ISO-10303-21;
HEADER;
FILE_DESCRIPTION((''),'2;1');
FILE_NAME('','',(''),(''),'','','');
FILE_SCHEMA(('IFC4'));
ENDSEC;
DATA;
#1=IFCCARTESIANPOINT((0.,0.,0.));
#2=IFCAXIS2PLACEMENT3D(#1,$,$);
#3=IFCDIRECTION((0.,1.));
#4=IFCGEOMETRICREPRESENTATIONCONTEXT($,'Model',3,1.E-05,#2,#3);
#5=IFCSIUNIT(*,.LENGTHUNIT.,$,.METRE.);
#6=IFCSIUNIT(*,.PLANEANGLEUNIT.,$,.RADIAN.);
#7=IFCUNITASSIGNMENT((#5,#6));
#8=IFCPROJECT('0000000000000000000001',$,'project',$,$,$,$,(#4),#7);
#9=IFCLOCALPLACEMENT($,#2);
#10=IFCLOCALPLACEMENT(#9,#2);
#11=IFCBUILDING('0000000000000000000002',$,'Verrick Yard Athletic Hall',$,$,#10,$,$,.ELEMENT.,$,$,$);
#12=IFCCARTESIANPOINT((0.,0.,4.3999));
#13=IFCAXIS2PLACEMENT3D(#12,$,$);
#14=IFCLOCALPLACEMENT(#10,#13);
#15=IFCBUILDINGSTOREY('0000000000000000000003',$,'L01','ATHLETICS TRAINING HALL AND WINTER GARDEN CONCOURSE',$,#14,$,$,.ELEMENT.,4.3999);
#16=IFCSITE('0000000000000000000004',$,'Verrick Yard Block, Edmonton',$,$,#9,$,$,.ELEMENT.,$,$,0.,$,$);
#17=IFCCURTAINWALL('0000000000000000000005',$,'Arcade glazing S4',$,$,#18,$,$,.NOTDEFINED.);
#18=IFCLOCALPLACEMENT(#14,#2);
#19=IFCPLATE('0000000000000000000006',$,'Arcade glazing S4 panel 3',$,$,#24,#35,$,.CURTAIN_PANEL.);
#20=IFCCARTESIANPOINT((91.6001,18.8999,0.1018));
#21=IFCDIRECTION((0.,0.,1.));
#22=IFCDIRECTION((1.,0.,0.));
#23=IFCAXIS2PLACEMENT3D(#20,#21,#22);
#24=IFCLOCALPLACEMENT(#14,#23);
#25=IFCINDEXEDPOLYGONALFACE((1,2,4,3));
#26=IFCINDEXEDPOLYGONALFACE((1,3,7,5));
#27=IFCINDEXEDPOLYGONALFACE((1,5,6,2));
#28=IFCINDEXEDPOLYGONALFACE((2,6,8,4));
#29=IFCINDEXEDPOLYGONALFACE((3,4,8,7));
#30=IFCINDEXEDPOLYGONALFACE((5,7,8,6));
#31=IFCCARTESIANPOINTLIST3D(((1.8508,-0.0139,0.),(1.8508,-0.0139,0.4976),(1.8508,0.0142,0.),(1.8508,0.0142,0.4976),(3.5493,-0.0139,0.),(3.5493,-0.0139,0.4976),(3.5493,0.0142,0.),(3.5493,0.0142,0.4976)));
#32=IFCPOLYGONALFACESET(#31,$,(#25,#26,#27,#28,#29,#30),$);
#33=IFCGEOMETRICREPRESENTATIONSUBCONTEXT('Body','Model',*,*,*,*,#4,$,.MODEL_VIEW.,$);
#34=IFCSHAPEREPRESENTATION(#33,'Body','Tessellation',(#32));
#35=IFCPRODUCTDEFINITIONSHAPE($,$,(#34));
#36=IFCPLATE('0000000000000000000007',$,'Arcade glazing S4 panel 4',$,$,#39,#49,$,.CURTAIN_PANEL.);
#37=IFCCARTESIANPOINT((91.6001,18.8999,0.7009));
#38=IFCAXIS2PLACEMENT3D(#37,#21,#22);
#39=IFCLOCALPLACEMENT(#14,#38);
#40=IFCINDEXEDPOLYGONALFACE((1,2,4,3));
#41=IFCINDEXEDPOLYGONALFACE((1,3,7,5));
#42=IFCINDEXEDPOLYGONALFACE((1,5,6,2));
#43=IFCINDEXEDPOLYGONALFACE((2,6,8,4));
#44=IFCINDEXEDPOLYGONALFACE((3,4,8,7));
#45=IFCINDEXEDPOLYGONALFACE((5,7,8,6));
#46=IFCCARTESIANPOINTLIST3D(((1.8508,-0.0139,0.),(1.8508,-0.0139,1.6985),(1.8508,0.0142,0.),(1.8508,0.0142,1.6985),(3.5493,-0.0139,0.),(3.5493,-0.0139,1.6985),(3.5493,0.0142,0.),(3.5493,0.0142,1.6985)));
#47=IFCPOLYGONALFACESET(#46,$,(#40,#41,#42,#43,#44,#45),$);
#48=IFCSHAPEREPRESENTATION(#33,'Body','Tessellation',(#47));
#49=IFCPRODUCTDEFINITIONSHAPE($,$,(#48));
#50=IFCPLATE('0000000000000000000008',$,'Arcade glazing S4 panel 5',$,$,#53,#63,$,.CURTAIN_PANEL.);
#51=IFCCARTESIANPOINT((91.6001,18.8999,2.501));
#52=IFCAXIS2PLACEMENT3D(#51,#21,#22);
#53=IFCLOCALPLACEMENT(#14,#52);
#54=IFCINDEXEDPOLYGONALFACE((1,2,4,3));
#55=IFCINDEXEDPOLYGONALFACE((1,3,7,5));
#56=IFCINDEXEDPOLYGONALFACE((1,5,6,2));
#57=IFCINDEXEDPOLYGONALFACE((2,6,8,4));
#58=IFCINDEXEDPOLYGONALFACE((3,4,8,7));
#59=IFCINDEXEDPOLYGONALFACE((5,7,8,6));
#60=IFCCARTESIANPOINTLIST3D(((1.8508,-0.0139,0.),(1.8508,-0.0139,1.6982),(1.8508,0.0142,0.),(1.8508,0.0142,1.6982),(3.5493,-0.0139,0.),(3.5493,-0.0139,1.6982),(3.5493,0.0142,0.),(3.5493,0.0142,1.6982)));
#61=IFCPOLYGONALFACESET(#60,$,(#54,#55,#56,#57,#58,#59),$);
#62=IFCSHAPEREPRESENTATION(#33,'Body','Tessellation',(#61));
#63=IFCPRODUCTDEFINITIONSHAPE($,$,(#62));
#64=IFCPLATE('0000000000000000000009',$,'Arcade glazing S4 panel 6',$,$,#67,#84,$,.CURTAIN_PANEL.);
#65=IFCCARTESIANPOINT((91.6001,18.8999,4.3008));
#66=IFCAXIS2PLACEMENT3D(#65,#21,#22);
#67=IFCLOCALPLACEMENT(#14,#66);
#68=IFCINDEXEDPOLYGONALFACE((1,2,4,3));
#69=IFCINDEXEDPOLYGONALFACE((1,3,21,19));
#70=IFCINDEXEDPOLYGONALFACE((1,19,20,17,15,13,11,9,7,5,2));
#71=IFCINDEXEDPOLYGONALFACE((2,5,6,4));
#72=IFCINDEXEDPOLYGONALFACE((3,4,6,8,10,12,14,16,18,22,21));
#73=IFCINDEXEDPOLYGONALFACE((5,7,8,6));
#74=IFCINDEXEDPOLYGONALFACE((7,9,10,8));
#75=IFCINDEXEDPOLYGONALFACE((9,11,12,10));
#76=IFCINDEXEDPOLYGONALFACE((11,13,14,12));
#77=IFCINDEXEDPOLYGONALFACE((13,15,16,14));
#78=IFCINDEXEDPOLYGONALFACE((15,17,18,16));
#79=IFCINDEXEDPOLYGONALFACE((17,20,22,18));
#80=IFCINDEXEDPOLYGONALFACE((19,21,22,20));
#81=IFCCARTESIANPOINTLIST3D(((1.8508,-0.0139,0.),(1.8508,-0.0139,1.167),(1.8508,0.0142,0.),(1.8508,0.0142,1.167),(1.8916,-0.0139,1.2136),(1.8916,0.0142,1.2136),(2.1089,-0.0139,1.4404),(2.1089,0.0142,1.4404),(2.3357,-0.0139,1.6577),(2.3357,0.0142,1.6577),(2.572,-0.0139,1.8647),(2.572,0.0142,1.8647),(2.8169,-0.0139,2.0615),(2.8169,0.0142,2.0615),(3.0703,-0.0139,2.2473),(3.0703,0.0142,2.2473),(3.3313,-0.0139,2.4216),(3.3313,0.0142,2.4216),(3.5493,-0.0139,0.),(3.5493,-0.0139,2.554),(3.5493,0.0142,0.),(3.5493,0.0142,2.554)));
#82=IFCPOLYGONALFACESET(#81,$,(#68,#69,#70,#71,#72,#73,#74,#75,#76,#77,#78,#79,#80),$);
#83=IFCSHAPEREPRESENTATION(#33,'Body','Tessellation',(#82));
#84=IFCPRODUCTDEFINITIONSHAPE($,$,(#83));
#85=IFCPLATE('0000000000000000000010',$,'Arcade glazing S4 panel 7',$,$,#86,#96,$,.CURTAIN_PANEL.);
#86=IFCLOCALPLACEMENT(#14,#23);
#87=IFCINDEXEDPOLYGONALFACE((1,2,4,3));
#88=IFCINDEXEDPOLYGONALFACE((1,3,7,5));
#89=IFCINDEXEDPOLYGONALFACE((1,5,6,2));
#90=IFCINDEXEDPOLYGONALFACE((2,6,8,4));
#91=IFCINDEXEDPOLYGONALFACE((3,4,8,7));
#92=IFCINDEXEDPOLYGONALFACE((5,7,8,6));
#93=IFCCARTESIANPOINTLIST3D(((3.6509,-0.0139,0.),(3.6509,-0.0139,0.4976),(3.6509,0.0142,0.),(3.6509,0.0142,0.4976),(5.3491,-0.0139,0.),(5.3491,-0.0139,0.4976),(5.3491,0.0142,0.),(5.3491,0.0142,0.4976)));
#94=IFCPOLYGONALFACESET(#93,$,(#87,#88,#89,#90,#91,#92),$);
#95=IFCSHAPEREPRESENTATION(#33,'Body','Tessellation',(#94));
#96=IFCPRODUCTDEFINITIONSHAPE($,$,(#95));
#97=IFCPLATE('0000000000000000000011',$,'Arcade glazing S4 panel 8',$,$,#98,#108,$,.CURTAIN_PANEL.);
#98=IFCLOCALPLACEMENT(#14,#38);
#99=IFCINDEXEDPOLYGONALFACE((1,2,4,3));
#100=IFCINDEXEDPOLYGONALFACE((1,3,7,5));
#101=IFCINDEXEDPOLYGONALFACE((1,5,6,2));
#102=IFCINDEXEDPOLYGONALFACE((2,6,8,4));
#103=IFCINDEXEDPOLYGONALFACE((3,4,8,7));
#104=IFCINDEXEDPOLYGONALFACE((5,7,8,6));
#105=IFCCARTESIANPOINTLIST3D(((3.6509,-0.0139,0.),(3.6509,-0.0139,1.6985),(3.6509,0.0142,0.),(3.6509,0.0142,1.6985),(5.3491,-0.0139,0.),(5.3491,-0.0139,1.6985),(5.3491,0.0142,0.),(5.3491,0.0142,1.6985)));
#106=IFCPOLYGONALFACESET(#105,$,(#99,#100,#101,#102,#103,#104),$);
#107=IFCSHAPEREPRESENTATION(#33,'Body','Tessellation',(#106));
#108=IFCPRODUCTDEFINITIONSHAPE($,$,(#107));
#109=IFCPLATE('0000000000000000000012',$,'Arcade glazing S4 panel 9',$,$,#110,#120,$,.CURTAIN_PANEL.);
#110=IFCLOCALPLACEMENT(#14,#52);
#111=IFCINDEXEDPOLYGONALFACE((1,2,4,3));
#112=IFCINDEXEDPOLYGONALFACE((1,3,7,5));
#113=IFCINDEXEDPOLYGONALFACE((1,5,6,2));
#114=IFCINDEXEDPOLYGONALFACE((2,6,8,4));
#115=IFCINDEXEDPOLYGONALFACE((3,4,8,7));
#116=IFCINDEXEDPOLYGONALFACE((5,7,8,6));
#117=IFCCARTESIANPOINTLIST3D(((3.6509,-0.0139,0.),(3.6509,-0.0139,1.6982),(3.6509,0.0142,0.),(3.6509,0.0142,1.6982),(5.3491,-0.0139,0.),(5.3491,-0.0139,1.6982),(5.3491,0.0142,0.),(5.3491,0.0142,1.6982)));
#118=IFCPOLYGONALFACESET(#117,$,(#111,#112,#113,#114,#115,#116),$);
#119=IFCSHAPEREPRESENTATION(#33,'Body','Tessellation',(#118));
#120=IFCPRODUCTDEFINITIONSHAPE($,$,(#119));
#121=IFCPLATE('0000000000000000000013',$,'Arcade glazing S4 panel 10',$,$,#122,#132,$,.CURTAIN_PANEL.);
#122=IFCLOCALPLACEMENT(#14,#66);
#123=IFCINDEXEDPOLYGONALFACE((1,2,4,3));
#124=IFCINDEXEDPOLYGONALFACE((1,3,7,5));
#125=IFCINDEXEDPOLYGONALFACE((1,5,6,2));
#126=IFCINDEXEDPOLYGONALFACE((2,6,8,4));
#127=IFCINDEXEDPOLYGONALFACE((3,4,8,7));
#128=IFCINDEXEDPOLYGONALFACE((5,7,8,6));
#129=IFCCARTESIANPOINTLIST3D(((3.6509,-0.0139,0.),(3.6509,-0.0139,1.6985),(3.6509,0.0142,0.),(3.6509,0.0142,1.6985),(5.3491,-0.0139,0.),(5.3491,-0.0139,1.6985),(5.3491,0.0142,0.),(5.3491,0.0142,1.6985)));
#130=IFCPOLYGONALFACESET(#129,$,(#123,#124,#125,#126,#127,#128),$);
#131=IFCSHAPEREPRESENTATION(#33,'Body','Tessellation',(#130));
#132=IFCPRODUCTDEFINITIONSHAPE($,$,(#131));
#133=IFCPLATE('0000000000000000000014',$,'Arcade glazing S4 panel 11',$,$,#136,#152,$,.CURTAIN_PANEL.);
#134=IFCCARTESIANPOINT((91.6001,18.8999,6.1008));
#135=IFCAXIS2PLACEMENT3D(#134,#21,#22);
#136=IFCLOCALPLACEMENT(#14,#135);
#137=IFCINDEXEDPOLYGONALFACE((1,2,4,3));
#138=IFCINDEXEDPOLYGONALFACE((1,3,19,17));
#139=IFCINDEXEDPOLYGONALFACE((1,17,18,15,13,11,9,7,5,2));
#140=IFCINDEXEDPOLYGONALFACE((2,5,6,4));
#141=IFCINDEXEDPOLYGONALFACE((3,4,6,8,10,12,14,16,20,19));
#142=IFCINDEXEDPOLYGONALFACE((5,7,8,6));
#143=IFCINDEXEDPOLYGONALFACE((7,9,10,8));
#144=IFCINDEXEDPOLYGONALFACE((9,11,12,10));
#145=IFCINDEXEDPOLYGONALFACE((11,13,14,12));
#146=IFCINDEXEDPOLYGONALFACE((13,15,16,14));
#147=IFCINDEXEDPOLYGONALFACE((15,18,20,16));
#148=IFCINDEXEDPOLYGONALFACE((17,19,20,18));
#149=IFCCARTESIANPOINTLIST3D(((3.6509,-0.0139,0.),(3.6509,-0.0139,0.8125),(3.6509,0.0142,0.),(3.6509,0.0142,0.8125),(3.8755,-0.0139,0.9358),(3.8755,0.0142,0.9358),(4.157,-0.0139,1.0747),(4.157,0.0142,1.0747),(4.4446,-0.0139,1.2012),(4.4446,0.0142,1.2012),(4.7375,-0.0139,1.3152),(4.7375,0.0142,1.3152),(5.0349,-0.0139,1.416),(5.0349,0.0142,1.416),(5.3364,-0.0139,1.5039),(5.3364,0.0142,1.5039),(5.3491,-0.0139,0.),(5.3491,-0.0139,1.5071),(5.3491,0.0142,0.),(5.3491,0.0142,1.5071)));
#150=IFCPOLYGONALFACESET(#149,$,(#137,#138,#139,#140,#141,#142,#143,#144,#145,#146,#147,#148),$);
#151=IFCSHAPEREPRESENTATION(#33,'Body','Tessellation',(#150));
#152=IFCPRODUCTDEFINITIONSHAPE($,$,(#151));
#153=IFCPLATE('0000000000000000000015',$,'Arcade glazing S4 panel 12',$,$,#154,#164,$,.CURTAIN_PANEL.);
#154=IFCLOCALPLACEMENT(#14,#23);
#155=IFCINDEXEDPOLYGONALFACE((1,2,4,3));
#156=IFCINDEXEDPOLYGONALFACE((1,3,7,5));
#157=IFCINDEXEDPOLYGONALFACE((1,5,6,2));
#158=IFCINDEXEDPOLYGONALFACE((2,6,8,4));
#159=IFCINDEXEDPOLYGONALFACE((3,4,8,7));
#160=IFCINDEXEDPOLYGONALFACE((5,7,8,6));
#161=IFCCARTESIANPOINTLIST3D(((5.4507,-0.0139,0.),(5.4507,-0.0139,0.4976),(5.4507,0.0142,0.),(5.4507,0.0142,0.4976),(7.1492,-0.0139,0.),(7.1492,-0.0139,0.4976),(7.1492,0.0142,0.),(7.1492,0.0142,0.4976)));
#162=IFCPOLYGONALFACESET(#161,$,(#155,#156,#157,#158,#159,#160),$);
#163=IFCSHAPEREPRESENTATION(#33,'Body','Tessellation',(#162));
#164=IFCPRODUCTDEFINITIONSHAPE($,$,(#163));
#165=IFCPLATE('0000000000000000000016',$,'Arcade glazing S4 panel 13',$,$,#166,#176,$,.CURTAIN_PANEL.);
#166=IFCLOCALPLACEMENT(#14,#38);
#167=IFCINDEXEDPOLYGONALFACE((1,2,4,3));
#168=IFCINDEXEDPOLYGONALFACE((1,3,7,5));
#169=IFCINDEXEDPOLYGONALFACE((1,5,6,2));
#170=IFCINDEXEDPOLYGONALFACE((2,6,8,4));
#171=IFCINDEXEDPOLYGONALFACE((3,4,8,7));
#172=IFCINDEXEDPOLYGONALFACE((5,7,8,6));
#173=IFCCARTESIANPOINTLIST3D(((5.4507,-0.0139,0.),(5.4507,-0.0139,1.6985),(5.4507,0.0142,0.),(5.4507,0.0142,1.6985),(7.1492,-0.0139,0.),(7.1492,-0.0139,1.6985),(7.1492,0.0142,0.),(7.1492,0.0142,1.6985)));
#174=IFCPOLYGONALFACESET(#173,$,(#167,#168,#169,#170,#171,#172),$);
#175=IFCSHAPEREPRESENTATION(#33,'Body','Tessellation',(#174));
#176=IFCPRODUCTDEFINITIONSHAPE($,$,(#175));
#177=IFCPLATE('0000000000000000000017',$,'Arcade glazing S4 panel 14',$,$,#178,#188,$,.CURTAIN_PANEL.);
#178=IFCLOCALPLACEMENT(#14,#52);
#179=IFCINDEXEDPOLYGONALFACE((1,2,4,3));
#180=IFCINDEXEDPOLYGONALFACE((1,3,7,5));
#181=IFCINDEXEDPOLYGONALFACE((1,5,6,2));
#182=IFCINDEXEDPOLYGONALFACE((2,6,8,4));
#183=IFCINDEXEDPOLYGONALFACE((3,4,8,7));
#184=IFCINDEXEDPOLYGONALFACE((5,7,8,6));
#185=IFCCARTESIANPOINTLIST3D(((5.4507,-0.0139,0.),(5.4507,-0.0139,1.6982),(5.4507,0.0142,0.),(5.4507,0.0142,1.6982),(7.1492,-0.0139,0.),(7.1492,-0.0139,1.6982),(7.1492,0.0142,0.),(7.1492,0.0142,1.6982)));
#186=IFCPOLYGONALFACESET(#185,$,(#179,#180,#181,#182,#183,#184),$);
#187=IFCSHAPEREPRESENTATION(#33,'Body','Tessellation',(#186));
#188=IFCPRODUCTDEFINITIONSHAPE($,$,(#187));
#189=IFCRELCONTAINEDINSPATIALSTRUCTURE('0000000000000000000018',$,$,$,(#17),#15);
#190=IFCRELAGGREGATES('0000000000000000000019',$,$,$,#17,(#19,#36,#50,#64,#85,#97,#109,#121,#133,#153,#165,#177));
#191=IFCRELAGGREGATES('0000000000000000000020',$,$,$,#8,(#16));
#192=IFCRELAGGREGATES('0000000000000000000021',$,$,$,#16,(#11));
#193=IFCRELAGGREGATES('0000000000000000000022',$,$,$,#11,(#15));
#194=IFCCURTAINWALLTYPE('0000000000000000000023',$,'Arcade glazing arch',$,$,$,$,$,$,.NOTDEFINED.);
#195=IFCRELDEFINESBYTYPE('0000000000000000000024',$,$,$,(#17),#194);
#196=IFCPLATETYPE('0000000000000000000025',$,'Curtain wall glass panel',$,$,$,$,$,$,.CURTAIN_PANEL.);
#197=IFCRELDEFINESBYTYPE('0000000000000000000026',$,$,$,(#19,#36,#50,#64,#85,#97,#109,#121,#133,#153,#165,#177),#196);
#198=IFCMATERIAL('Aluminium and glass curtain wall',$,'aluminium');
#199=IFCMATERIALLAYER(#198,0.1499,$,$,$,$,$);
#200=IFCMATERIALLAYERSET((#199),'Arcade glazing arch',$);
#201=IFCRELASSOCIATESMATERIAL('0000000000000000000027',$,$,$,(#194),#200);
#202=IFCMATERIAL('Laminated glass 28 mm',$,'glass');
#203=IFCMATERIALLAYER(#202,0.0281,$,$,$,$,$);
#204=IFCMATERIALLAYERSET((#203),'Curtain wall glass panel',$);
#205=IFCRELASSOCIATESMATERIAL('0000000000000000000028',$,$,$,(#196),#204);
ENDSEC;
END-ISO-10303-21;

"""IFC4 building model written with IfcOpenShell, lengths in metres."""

from ifc_helpers import new_model, si_unit, direction, frame, origin, place, context, subcontext, project, spatial, polyline, outline, extrude, material, layer, layer_set, type_object, element, aggregate, save


model = new_model("IFC4")

# Units and contexts
model_context = context("Model", 3, precision=1e-05, world=origin(), true_north=direction((0.0, 1.0)))
body_context = subcontext(model_context, "Body", "Model", "MODEL_VIEW")
ifc_project = project(units=[si_unit("LENGTHUNIT", "METRE"), si_unit("PLANEANGLEUNIT", "RADIAN")], contexts=[model_context])

# Site, building, storey
site_placement = place(None, origin())
site = spatial("IfcSite", under=ifc_project, at=site_placement, Name="Verrick Yard Block, Edmonton", CompositionType="ELEMENT", RefElevation=0.0)
building_placement = place(site_placement, origin())
building = spatial("IfcBuilding", under=site, at=building_placement, Name="Verrick Yard Athletic Hall", CompositionType="ELEMENT")
storey_placement = place(building_placement, frame((0.0, 0.0, 4.3999)))
storey = spatial("IfcBuildingStorey", under=building, at=storey_placement, Name="L01", Description="ATHLETICS TRAINING HALL AND WINTER GARDEN CONCOURSE", CompositionType="ELEMENT", Elevation=4.3999)

# Curtain wall, plates
ifc_material_1 = material(Name="Aluminium and glass curtain wall", Category="aluminium")
ifc_layer_1 = layer(ifc_material_1, 0.1499)
ifc_layer_set_1 = layer_set([ifc_layer_1], Name="Arcade glazing arch")
curtain_wall_type = type_object("IfcCurtainWallType", Name="Arcade glazing arch", PredefinedType="NOTDEFINED", material=ifc_layer_set_1)
curtain_wall_placement = place(storey_placement, origin())
curtain_wall = element("IfcCurtainWall", 1, at=curtain_wall_placement, inside=storey, type_object=curtain_wall_type, Name="Arcade glazing S4", PredefinedType="NOTDEFINED")
ifc_material_2 = material(Name="Laminated glass 28 mm", Category="glass")
ifc_layer_2 = layer(ifc_material_2, 0.0281)
ifc_layer_set_2 = layer_set([ifc_layer_2], Name="Curtain wall glass panel")
plate_type = type_object("IfcPlateType", Name="Curtain wall glass panel", PredefinedType="CURTAIN_PANEL", material=ifc_layer_set_2)
plate_1_placement = place(storey_placement, frame((91.6001, 18.8999, 0.1018), z_axis=(0.0, 0.0, 1.0), x_axis=(1.0, 0.0, 0.0)))
plate_1 = element("IfcPlate", 2, at=plate_1_placement, type_object=plate_type, Name="Arcade glazing S4 panel 3", PredefinedType="CURTAIN_PANEL", context=body_context, shape_type="SweptSolid", body=[
    extrude(outline(polyline([(3.5493, 0.0), (3.5493, 0.4976), (1.8508, 0.4976), (1.8508, 0.0), (3.5493, 0.0)])), frame((0.0, 0.0142, 0.0), z_axis=(0.0, -1.0, 0.0), x_axis=(1.0, 0.0, 0.0)), (0.0, 0.0, 1.0), 0.0281),
])
plate_2_placement = place(storey_placement, frame((91.6001, 18.8999, 0.7009), z_axis=(0.0, 0.0, 1.0), x_axis=(1.0, 0.0, 0.0)))
plate_2 = element("IfcPlate", 3, at=plate_2_placement, type_object=plate_type, Name="Arcade glazing S4 panel 4", PredefinedType="CURTAIN_PANEL", context=body_context, shape_type="SweptSolid", body=[
    extrude(outline(polyline([(3.5493, 0.0), (3.5493, 1.6985), (1.8508, 1.6985), (1.8508, 0.0), (3.5493, 0.0)])), frame((0.0, 0.0142, 0.0), z_axis=(0.0, -1.0, 0.0), x_axis=(1.0, 0.0, 0.0)), (0.0, 0.0, 1.0), 0.0281),
])
plate_3_placement = place(storey_placement, frame((91.6001, 18.8999, 2.501), z_axis=(0.0, 0.0, 1.0), x_axis=(1.0, 0.0, 0.0)))
plate_3 = element("IfcPlate", 4, at=plate_3_placement, type_object=plate_type, Name="Arcade glazing S4 panel 5", PredefinedType="CURTAIN_PANEL", context=body_context, shape_type="SweptSolid", body=[
    extrude(outline(polyline([(3.5493, 0.0), (3.5493, 1.6982), (1.8508, 1.6982), (1.8508, 0.0), (3.5493, 0.0)])), frame((0.0, 0.0142, 0.0), z_axis=(0.0, -1.0, 0.0), x_axis=(1.0, 0.0, 0.0)), (0.0, 0.0, 1.0), 0.0281),
])
plate_4_placement = place(storey_placement, frame((91.6001, 18.8999, 4.3008), z_axis=(0.0, 0.0, 1.0), x_axis=(1.0, 0.0, 0.0)))
plate_4 = element("IfcPlate", 5, at=plate_4_placement, type_object=plate_type, Name="Arcade glazing S4 panel 6", PredefinedType="CURTAIN_PANEL", context=body_context, shape_type="SweptSolid", body=[
    extrude(outline(polyline([(3.5493, 2.554), (3.3313, 2.4216), (3.0703, 2.2473), (2.8169, 2.0615), (2.572, 1.8647), (2.3357, 1.6577), (2.1089, 1.4404), (1.8916, 1.2136), (1.8508, 1.167), (1.8508, 0.0), (3.5493, 0.0), (3.5493, 2.554)])), frame((0.0, 0.0142, 0.0), z_axis=(0.0, -1.0, 0.0), x_axis=(1.0, 0.0, 0.0)), (0.0, 0.0, 1.0), 0.0281),
])
plate_5_placement = place(storey_placement, frame((91.6001, 18.8999, 0.1018), z_axis=(0.0, 0.0, 1.0), x_axis=(1.0, 0.0, 0.0)))
plate_5 = element("IfcPlate", 6, at=plate_5_placement, type_object=plate_type, Name="Arcade glazing S4 panel 7", PredefinedType="CURTAIN_PANEL", context=body_context, shape_type="SweptSolid", body=[
    extrude(outline(polyline([(5.3491, 0.0), (5.3491, 0.4976), (3.6509, 0.4976), (3.6509, 0.0), (5.3491, 0.0)])), frame((0.0, 0.0142, 0.0), z_axis=(0.0, -1.0, 0.0), x_axis=(1.0, 0.0, 0.0)), (0.0, 0.0, 1.0), 0.0281),
])
plate_6_placement = place(storey_placement, frame((91.6001, 18.8999, 0.7009), z_axis=(0.0, 0.0, 1.0), x_axis=(1.0, 0.0, 0.0)))
plate_6 = element("IfcPlate", 7, at=plate_6_placement, type_object=plate_type, Name="Arcade glazing S4 panel 8", PredefinedType="CURTAIN_PANEL", context=body_context, shape_type="SweptSolid", body=[
    extrude(outline(polyline([(5.3491, 0.0), (5.3491, 1.6985), (3.6509, 1.6985), (3.6509, 0.0), (5.3491, 0.0)])), frame((0.0, 0.0142, 0.0), z_axis=(0.0, -1.0, 0.0), x_axis=(1.0, 0.0, 0.0)), (0.0, 0.0, 1.0), 0.0281),
])
plate_7_placement = place(storey_placement, frame((91.6001, 18.8999, 2.501), z_axis=(0.0, 0.0, 1.0), x_axis=(1.0, 0.0, 0.0)))
plate_7 = element("IfcPlate", 8, at=plate_7_placement, type_object=plate_type, Name="Arcade glazing S4 panel 9", PredefinedType="CURTAIN_PANEL", context=body_context, shape_type="SweptSolid", body=[
    extrude(outline(polyline([(5.3491, 0.0), (5.3491, 1.6982), (3.6509, 1.6982), (3.6509, 0.0), (5.3491, 0.0)])), frame((0.0, 0.0142, 0.0), z_axis=(0.0, -1.0, 0.0), x_axis=(1.0, 0.0, 0.0)), (0.0, 0.0, 1.0), 0.0281),
])
plate_8_placement = place(storey_placement, frame((91.6001, 18.8999, 4.3008), z_axis=(0.0, 0.0, 1.0), x_axis=(1.0, 0.0, 0.0)))
plate_8 = element("IfcPlate", 9, at=plate_8_placement, type_object=plate_type, Name="Arcade glazing S4 panel 10", PredefinedType="CURTAIN_PANEL", context=body_context, shape_type="SweptSolid", body=[
    extrude(outline(polyline([(5.3491, 0.0), (5.3491, 1.6985), (3.6509, 1.6985), (3.6509, 0.0), (5.3491, 0.0)])), frame((0.0, 0.0142, 0.0), z_axis=(0.0, -1.0, 0.0), x_axis=(1.0, 0.0, 0.0)), (0.0, 0.0, 1.0), 0.0281),
])
plate_9_placement = place(storey_placement, frame((91.6001, 18.8999, 6.1008), z_axis=(0.0, 0.0, 1.0), x_axis=(1.0, 0.0, 0.0)))
plate_9 = element("IfcPlate", 10, at=plate_9_placement, type_object=plate_type, Name="Arcade glazing S4 panel 11", PredefinedType="CURTAIN_PANEL", context=body_context, shape_type="SweptSolid", body=[
    extrude(outline(polyline([(5.3491, 1.5071), (5.3364, 1.5039), (5.0349, 1.416), (4.7375, 1.3152), (4.4446, 1.2012), (4.157, 1.0747), (3.8755, 0.9358), (3.6509, 0.8125), (3.6509, 0.0), (5.3491, 0.0), (5.3491, 1.5071)])), frame((0.0, 0.0142, 0.0), z_axis=(0.0, -1.0, 0.0), x_axis=(1.0, 0.0, 0.0)), (0.0, 0.0, 1.0), 0.0281),
])
plate_10_placement = place(storey_placement, frame((91.6001, 18.8999, 0.1018), z_axis=(0.0, 0.0, 1.0), x_axis=(1.0, 0.0, 0.0)))
plate_10 = element("IfcPlate", 11, at=plate_10_placement, type_object=plate_type, Name="Arcade glazing S4 panel 12", PredefinedType="CURTAIN_PANEL", context=body_context, shape_type="SweptSolid", body=[
    extrude(outline(polyline([(7.1492, 0.0), (7.1492, 0.4976), (5.4507, 0.4976), (5.4507, 0.0), (7.1492, 0.0)])), frame((0.0, 0.0142, 0.0), z_axis=(0.0, -1.0, 0.0), x_axis=(1.0, 0.0, 0.0)), (0.0, 0.0, 1.0), 0.0281),
])
plate_11_placement = place(storey_placement, frame((91.6001, 18.8999, 0.7009), z_axis=(0.0, 0.0, 1.0), x_axis=(1.0, 0.0, 0.0)))
plate_11 = element("IfcPlate", 12, at=plate_11_placement, type_object=plate_type, Name="Arcade glazing S4 panel 13", PredefinedType="CURTAIN_PANEL", context=body_context, shape_type="SweptSolid", body=[
    extrude(outline(polyline([(7.1492, 0.0), (7.1492, 1.6985), (5.4507, 1.6985), (5.4507, 0.0), (7.1492, 0.0)])), frame((0.0, 0.0142, 0.0), z_axis=(0.0, -1.0, 0.0), x_axis=(1.0, 0.0, 0.0)), (0.0, 0.0, 1.0), 0.0281),
])
plate_12_placement = place(storey_placement, frame((91.6001, 18.8999, 2.501), z_axis=(0.0, 0.0, 1.0), x_axis=(1.0, 0.0, 0.0)))
plate_12 = element("IfcPlate", 13, at=plate_12_placement, type_object=plate_type, Name="Arcade glazing S4 panel 14", PredefinedType="CURTAIN_PANEL", context=body_context, shape_type="SweptSolid", body=[
    extrude(outline(polyline([(7.1492, 0.0), (7.1492, 1.6982), (5.4507, 1.6982), (5.4507, 0.0), (7.1492, 0.0)])), frame((0.0, 0.0142, 0.0), z_axis=(0.0, -1.0, 0.0), x_axis=(1.0, 0.0, 0.0)), (0.0, 0.0, 1.0), 0.0281),
])
aggregate(curtain_wall, [plate_1, plate_2, plate_3, plate_4, plate_5, plate_6, plate_7, plate_8, plate_9, plate_10, plate_11, plate_12])

save(model, "model.ifc")
